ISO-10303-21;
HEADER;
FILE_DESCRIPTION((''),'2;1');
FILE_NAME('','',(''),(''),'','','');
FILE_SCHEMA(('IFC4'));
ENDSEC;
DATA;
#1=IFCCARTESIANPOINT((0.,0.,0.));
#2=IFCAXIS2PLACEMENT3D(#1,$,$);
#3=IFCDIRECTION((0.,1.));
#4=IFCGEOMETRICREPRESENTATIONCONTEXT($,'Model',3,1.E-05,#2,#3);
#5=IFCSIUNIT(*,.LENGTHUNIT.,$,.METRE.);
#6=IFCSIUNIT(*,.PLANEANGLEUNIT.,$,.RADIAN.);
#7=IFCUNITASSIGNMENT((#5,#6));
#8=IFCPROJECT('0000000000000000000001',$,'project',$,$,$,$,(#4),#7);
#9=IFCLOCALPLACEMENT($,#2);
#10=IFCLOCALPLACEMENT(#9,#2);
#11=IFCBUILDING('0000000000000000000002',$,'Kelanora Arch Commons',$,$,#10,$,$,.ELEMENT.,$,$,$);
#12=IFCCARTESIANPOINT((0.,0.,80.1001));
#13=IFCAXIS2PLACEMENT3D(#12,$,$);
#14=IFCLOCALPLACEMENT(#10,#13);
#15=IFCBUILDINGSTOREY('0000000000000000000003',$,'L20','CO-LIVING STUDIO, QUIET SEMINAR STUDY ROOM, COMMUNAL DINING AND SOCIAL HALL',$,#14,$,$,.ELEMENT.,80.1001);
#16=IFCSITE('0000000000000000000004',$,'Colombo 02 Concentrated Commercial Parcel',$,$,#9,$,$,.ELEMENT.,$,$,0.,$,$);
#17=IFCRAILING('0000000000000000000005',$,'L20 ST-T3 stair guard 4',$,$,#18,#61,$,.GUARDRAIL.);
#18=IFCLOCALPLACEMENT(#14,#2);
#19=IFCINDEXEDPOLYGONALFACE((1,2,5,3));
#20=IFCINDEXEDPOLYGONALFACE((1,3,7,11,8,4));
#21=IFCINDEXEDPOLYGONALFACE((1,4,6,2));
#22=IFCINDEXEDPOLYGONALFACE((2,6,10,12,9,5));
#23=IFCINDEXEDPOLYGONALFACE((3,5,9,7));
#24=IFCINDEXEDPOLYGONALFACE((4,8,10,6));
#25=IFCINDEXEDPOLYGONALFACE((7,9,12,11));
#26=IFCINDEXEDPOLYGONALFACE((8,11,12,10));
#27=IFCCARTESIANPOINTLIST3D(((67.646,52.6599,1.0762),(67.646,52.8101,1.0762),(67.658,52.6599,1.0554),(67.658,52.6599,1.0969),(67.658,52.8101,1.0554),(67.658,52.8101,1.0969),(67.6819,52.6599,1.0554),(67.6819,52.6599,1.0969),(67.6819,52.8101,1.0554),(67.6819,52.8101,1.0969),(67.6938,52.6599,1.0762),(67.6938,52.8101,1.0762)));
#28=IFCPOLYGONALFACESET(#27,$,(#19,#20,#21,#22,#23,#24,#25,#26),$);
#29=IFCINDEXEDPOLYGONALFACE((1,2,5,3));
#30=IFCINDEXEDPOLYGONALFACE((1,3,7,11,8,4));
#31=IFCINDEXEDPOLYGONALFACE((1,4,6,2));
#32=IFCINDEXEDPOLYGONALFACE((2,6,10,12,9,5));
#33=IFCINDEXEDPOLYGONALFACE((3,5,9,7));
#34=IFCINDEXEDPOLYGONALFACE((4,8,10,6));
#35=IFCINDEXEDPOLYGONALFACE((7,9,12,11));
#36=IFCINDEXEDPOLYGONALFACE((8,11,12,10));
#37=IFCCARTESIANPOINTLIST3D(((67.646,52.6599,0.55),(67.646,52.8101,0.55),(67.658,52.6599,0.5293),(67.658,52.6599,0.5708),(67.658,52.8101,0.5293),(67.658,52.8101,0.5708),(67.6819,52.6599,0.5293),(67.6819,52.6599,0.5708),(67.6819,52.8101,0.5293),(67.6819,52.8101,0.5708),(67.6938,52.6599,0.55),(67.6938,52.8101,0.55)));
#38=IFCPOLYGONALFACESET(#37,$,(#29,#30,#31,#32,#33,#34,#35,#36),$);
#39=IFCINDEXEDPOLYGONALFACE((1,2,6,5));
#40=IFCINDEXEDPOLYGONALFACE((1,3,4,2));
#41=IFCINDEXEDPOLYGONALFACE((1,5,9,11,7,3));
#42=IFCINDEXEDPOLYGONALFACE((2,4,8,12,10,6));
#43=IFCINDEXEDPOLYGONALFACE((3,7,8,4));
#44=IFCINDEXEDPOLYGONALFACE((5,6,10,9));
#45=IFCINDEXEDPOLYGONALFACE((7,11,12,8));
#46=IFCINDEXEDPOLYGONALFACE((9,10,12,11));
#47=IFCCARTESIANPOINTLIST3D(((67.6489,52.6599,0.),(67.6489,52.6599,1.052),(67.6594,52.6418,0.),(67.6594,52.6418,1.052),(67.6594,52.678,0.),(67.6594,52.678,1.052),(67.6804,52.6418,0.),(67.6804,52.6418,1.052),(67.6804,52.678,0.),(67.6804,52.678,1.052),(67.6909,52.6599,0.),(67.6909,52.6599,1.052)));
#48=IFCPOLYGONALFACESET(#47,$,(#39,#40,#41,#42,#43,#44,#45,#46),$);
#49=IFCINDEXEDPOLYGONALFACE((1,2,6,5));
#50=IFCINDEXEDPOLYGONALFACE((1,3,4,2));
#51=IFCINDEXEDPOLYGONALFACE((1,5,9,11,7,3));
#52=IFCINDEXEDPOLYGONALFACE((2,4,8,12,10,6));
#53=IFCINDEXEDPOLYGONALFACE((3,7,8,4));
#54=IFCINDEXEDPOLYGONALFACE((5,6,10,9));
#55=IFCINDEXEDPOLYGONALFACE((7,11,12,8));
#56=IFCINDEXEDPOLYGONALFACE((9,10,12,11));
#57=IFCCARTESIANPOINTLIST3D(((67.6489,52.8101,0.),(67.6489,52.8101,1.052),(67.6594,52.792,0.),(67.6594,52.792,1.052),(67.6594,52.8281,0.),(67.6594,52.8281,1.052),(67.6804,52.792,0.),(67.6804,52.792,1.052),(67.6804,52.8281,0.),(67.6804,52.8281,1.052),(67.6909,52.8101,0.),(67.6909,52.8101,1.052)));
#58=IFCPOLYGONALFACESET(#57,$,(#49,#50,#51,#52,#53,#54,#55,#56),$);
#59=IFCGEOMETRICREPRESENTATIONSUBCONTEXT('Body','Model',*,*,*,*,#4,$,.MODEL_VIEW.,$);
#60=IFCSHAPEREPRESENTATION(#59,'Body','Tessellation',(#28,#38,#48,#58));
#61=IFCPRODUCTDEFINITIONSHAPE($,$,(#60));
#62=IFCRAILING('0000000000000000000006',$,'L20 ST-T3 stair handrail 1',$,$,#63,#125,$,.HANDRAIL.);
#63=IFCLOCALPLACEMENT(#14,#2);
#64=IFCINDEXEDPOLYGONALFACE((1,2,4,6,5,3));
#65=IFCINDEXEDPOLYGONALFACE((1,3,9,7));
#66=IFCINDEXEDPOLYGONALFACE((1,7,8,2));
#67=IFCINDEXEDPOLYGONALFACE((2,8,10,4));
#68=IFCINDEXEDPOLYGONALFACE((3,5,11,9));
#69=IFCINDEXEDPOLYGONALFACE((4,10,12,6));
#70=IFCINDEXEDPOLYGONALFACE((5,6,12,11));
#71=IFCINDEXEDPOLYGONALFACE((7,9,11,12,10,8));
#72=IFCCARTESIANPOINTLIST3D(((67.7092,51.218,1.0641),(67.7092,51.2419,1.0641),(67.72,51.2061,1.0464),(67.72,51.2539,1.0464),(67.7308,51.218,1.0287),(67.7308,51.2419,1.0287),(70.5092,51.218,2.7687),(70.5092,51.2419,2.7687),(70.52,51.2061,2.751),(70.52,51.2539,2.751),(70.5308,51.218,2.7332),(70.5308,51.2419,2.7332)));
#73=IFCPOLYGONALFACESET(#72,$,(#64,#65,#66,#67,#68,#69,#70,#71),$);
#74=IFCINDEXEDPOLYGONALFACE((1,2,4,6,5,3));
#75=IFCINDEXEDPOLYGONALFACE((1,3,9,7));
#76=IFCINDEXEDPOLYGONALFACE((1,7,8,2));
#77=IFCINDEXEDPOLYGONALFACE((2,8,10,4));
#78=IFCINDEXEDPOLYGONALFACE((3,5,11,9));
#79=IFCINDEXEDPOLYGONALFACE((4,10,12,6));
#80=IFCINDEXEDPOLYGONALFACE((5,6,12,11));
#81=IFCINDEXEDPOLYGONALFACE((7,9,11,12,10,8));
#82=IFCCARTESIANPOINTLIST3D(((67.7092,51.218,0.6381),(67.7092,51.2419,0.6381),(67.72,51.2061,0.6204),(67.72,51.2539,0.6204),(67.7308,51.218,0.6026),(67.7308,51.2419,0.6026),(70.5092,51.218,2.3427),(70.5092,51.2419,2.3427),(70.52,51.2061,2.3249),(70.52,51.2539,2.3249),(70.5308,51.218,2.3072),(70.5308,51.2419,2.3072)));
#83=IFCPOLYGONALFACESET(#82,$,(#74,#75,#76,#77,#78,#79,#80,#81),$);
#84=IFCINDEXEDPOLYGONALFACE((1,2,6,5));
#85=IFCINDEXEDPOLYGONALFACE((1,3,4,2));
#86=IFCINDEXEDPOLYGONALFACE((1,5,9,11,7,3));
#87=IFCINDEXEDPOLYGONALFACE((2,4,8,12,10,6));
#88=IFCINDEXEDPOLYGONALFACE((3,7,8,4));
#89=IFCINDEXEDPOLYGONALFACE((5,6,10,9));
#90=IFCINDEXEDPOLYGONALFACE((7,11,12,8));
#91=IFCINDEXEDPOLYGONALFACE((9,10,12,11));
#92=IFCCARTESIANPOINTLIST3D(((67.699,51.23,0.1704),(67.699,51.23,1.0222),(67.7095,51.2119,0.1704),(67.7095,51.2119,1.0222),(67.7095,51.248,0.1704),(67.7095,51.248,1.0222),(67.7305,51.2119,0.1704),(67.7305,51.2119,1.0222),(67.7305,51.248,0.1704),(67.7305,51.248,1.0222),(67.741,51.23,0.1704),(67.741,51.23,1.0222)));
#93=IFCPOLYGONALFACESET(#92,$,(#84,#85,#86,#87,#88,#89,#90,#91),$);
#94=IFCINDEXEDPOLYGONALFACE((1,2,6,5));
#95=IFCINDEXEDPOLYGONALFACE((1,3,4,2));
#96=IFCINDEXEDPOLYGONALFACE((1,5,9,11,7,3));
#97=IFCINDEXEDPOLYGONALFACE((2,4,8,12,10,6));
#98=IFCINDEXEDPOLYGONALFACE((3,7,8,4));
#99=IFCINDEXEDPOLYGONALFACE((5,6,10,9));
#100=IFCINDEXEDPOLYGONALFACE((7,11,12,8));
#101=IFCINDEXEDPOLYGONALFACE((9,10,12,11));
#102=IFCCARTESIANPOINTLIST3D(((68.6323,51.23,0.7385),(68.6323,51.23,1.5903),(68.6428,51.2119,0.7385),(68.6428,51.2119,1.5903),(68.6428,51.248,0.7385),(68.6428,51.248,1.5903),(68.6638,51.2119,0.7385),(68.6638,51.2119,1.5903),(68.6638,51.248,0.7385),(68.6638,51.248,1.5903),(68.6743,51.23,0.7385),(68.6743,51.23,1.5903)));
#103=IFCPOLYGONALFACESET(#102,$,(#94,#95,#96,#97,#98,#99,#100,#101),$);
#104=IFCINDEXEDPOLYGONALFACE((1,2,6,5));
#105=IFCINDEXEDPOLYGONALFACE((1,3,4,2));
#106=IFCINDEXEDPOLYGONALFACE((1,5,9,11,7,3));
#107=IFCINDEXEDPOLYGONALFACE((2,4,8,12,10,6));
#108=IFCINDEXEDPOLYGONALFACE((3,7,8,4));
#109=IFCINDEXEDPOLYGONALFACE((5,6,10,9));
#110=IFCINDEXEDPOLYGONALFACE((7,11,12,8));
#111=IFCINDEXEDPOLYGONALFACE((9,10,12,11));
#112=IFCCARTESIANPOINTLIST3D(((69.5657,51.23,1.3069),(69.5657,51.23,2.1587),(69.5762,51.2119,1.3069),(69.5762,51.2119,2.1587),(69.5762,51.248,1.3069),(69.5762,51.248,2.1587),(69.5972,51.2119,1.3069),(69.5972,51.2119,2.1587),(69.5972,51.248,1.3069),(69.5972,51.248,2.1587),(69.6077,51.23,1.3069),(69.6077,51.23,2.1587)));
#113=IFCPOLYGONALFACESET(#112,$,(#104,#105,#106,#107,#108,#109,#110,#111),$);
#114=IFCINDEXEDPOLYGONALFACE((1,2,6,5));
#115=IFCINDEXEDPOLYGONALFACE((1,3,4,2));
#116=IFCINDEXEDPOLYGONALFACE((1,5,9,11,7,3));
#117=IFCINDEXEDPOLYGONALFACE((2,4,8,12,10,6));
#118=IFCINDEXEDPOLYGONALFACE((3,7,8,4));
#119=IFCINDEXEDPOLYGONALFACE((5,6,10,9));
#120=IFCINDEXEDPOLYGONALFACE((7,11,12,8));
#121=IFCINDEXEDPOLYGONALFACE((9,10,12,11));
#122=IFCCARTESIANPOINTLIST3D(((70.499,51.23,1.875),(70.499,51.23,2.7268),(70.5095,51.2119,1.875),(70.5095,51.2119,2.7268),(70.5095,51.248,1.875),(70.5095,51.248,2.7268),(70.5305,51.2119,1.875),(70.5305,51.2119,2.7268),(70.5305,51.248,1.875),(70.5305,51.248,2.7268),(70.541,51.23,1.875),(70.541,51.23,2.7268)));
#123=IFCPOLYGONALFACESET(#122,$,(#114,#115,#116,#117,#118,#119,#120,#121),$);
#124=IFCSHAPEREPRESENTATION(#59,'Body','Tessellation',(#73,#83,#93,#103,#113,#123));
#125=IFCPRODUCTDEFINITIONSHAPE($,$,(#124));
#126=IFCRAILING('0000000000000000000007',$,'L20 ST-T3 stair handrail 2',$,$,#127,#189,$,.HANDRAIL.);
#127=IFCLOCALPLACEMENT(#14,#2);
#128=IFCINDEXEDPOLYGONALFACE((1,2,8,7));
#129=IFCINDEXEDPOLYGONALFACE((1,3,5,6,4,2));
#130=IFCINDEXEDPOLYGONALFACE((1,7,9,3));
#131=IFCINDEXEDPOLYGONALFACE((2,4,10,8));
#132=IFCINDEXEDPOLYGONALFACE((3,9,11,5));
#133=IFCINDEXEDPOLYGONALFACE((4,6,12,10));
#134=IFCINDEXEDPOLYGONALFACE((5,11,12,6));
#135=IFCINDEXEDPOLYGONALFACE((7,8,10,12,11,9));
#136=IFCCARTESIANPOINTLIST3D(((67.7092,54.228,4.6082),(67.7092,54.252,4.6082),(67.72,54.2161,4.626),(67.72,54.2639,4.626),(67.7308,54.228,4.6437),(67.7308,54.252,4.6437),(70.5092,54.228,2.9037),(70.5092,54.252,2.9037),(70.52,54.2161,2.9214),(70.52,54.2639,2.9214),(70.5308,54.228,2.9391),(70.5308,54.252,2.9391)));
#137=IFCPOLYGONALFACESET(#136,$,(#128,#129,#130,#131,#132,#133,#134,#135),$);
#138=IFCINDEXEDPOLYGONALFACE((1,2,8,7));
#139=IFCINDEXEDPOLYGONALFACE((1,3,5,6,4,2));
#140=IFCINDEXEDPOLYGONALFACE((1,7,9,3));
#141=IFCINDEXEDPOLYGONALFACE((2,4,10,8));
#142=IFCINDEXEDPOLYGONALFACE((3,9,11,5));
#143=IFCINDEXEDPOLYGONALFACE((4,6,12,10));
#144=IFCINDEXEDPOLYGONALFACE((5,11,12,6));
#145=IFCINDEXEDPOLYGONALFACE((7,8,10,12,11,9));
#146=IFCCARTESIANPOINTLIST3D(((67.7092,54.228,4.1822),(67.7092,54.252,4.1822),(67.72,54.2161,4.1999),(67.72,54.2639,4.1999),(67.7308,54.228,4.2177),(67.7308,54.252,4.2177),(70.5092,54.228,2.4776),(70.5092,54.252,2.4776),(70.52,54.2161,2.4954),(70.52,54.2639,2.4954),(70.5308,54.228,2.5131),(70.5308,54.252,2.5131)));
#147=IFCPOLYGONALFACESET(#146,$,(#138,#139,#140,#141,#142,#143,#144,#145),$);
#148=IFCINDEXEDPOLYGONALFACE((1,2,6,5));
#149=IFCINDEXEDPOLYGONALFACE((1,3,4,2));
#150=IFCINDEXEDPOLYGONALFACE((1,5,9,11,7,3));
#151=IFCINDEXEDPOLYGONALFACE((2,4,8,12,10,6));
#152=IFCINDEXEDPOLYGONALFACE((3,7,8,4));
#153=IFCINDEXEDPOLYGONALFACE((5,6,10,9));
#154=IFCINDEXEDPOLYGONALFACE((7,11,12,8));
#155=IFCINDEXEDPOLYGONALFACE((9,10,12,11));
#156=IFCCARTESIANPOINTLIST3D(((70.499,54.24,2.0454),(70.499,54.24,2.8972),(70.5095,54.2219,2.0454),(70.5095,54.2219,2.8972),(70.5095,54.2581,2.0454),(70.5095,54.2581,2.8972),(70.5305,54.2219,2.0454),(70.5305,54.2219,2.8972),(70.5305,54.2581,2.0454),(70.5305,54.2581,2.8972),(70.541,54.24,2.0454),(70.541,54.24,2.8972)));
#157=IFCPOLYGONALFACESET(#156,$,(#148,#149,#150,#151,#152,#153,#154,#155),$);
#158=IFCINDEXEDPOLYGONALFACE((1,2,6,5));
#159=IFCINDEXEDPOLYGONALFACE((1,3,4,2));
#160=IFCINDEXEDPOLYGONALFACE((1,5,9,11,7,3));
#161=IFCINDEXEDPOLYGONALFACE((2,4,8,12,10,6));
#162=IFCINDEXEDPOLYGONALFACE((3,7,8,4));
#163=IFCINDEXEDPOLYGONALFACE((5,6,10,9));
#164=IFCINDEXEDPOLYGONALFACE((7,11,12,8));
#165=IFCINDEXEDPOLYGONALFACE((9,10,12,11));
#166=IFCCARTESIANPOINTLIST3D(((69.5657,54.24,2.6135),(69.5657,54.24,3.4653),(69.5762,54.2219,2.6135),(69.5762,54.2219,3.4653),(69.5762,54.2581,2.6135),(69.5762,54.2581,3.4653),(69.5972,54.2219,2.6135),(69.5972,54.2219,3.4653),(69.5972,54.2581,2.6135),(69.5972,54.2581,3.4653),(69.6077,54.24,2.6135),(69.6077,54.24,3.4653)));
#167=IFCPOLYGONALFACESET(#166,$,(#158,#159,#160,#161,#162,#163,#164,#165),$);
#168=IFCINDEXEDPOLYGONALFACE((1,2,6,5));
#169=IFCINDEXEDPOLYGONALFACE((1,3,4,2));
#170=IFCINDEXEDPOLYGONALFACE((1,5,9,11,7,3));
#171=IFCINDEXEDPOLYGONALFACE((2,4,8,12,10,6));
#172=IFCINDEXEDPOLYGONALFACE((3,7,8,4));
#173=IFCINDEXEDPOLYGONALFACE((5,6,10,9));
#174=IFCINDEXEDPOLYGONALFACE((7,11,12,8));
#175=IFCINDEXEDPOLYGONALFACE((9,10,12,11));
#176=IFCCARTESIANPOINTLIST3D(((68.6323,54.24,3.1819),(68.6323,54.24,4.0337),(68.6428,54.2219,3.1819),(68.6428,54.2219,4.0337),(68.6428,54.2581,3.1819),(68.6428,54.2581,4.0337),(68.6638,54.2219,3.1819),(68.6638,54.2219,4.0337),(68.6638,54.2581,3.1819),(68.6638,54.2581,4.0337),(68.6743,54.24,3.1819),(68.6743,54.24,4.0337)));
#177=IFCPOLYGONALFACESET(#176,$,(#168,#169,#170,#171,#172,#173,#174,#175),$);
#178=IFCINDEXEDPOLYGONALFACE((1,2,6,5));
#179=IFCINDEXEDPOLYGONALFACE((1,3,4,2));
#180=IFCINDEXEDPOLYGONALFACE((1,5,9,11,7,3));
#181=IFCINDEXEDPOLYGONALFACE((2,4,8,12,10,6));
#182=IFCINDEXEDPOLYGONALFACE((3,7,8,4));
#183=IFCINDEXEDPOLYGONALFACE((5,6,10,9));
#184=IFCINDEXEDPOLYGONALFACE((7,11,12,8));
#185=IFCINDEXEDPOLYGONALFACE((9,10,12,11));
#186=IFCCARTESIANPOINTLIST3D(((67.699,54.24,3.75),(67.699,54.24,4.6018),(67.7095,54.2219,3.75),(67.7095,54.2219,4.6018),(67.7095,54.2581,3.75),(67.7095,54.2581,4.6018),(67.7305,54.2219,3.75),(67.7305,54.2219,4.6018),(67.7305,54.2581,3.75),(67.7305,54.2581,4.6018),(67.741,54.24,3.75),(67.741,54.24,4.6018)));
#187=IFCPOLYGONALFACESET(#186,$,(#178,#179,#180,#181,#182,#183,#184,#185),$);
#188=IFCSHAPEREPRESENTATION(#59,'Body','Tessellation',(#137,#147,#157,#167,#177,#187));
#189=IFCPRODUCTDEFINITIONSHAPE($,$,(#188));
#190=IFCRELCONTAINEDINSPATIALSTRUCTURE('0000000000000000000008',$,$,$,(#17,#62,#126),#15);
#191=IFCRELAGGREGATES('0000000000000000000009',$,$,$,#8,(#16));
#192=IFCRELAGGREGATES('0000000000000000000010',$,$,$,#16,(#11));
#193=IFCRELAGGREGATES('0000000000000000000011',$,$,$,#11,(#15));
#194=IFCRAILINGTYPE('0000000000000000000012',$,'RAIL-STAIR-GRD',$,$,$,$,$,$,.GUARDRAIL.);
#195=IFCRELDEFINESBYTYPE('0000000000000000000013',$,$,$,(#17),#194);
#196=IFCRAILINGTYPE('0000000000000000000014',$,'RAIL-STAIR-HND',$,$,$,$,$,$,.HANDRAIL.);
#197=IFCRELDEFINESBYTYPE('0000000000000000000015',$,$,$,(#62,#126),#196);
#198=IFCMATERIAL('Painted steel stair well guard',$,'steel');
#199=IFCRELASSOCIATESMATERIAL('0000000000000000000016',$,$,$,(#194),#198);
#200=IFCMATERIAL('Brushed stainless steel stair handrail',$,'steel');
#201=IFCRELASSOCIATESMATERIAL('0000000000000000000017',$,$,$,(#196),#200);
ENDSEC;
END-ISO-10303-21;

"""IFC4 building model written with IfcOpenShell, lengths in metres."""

from ifc_helpers import new_model, si_unit, direction, frame, origin, place, context, subcontext, project, spatial, polyline, outline, extrude, material, type_object, element, save


model = new_model("IFC4")

# Units and contexts
model_context = context("Model", 3, precision=1e-05, world=origin(), true_north=direction((0.0, 1.0)))
body_context = subcontext(model_context, "Body", "Model", "MODEL_VIEW")
ifc_project = project(units=[si_unit("LENGTHUNIT", "METRE"), si_unit("PLANEANGLEUNIT", "RADIAN")], contexts=[model_context])

# Site, building, storey
site_placement = place(None, origin())
site = spatial("IfcSite", under=ifc_project, at=site_placement, Name="Colombo 02 Concentrated Commercial Parcel", CompositionType="ELEMENT", RefElevation=0.0)
building_placement = place(site_placement, origin())
building = spatial("IfcBuilding", under=site, at=building_placement, Name="Kelanora Arch Commons", CompositionType="ELEMENT")
storey_placement = place(building_placement, frame((0.0, 0.0, 80.1001)))
storey = spatial("IfcBuildingStorey", under=building, at=storey_placement, Name="L20", Description="CO-LIVING STUDIO, QUIET SEMINAR STUDY ROOM, COMMUNAL DINING AND SOCIAL HALL", CompositionType="ELEMENT", Elevation=80.1001)

# Railings
ifc_material_1 = material(Name="Painted steel stair well guard", Category="steel")
railing_type_1 = type_object("IfcRailingType", Name="RAIL-STAIR-GRD", PredefinedType="GUARDRAIL", material=ifc_material_1)
railing_1_placement = place(storey_placement, frame((67.6699, 52.6599, 0.0)))
element("IfcRailing", 1, at=railing_1_placement, inside=storey, type_object=railing_type_1, Name="L20 ST-T3 stair guard 4", PredefinedType="GUARDRAIL", context=body_context, shape_type="SweptSolid", body=[
    extrude(outline(polyline([(0.0239, 0.0), (0.012, 0.0208), (-0.012, 0.0208), (-0.0239, 0.0), (-0.012, -0.0208), (0.012, -0.0208), (0.0239, 0.0)])), frame((0.0, 0.0, 1.0762), z_axis=(0.0, 1.0, 0.0), x_axis=(-1.0, 0.0, 0.0)), (0.0, 0.0, 1.0), 0.1501),
    extrude(outline(polyline([(0.0239, 0.0), (0.012, 0.0208), (-0.012, 0.0208), (-0.0239, 0.0), (-0.012, -0.0208), (0.012, -0.0208), (0.0239, 0.0)])), frame((0.0, 0.0, 0.55), z_axis=(0.0, 1.0, 0.0), x_axis=(-1.0, 0.0, 0.0)), (0.0, 0.0, 1.0), 0.1501),
    extrude(outline(polyline([(0.021, 0.0), (0.0105, 0.0181), (-0.0105, 0.0181), (-0.021, 0.0), (-0.0105, -0.0181), (0.0105, -0.0181), (0.021, 0.0)])), origin(), (0.0, 0.0, 1.0), 1.052),
    extrude(outline(polyline([(0.021, 0.0), (0.0105, 0.0181), (-0.0105, 0.0181), (-0.021, 0.0), (-0.0105, -0.0181), (0.0105, -0.0181), (0.021, 0.0)])), frame((0.0, 0.1501, 0.0)), (0.0, 0.0, 1.0), 1.052),
])
ifc_material_2 = material(Name="Brushed stainless steel stair handrail", Category="steel")
railing_type_2 = type_object("IfcRailingType", Name="RAIL-STAIR-HND", PredefinedType="HANDRAIL", material=ifc_material_2)
railing_2_placement = place(storey_placement, frame((67.72, 51.23, 0.1704)))
element("IfcRailing", 2, at=railing_2_placement, inside=storey, type_object=railing_type_2, Name="L20 ST-T3 stair handrail 1", PredefinedType="HANDRAIL", context=body_context, shape_type="SweptSolid", body=[
    extrude(outline(polyline([(0.0239, 0.0), (0.012, 0.0208), (-0.012, 0.0208), (-0.0239, 0.0), (-0.012, -0.0208), (0.012, -0.0208), (0.0239, 0.0)])), frame((0.0, 0.0, 0.876), z_axis=(0.85417, 0.0, 0.519994), x_axis=(0.0, 1.0, 0.0)), (0.0, 0.0, 1.0), 3.2781),
    extrude(outline(polyline([(0.0239, 0.0), (0.012, 0.0208), (-0.012, 0.0208), (-0.0239, 0.0), (-0.012, -0.0208), (0.012, -0.0208), (0.0239, 0.0)])), frame((0.0, 0.0, 0.45), z_axis=(0.85417, 0.0, 0.519994), x_axis=(0.0, 1.0, 0.0)), (0.0, 0.0, 1.0), 3.2781),
    extrude(outline(polyline([(0.021, 0.0), (0.0105, 0.0181), (-0.0105, 0.0181), (-0.021, 0.0), (-0.0105, -0.0181), (0.0105, -0.0181), (0.021, 0.0)])), origin(), (0.0, 0.0, 1.0), 0.8518),
    extrude(outline(polyline([(0.021, 0.0), (0.0105, 0.0181), (-0.0105, 0.0181), (-0.021, 0.0), (-0.0105, -0.0181), (0.0105, -0.0181), (0.021, 0.0)])), frame((0.9333, 0.0, 0.5681)), (0.0, 0.0, 1.0), 0.8518),
    extrude(outline(polyline([(0.021, 0.0), (0.0105, 0.0181), (-0.0105, 0.0181), (-0.021, 0.0), (-0.0105, -0.0181), (0.0105, -0.0181), (0.021, 0.0)])), frame((1.8667, 0.0, 1.1365)), (0.0, 0.0, 1.0), 0.8518),
    extrude(outline(polyline([(0.021, 0.0), (0.0105, 0.0181), (-0.0105, 0.0181), (-0.021, 0.0), (-0.0105, -0.0181), (0.0105, -0.0181), (0.021, 0.0)])), frame((2.8, 0.0, 1.7046)), (0.0, 0.0, 1.0), 0.8518),
])
railing_3_placement = place(storey_placement, frame((70.52, 54.24, 2.0454)))
element("IfcRailing", 3, at=railing_3_placement, inside=storey, type_object=railing_type_2, Name="L20 ST-T3 stair handrail 2", PredefinedType="HANDRAIL", context=body_context, shape_type="SweptSolid", body=[
    extrude(outline(polyline([(0.0239, 0.0), (0.012, 0.0208), (-0.012, 0.0208), (-0.0239, 0.0), (-0.012, -0.0208), (0.012, -0.0208), (0.0239, 0.0)])), frame((0.0, 0.0, 0.876), z_axis=(-0.85417, 0.0, 0.519994), x_axis=(0.0, -1.0, 0.0)), (0.0, 0.0, 1.0), 3.2781),
    extrude(outline(polyline([(0.0239, 0.0), (0.012, 0.0208), (-0.012, 0.0208), (-0.0239, 0.0), (-0.012, -0.0208), (0.012, -0.0208), (0.0239, 0.0)])), frame((0.0, 0.0, 0.45), z_axis=(-0.85417, 0.0, 0.519994), x_axis=(0.0, -1.0, 0.0)), (0.0, 0.0, 1.0), 3.2781),
    extrude(outline(polyline([(0.021, 0.0), (0.0105, 0.0181), (-0.0105, 0.0181), (-0.021, 0.0), (-0.0105, -0.0181), (0.0105, -0.0181), (0.021, 0.0)])), origin(), (0.0, 0.0, 1.0), 0.8518),
    extrude(outline(polyline([(0.021, 0.0), (0.0105, 0.0181), (-0.0105, 0.0181), (-0.021, 0.0), (-0.0105, -0.0181), (0.0105, -0.0181), (0.021, 0.0)])), frame((-0.9333, 0.0, 0.5681)), (0.0, 0.0, 1.0), 0.8518),
    extrude(outline(polyline([(0.021, 0.0), (0.0105, 0.0181), (-0.0105, 0.0181), (-0.021, 0.0), (-0.0105, -0.0181), (0.0105, -0.0181), (0.021, 0.0)])), frame((-1.8667, 0.0, 1.1365)), (0.0, 0.0, 1.0), 0.8518),
    extrude(outline(polyline([(0.021, 0.0), (0.0105, 0.0181), (-0.0105, 0.0181), (-0.021, 0.0), (-0.0105, -0.0181), (0.0105, -0.0181), (0.021, 0.0)])), frame((-2.8, 0.0, 1.7046)), (0.0, 0.0, 1.0), 0.8518),
])

save(model, "model.ifc")
